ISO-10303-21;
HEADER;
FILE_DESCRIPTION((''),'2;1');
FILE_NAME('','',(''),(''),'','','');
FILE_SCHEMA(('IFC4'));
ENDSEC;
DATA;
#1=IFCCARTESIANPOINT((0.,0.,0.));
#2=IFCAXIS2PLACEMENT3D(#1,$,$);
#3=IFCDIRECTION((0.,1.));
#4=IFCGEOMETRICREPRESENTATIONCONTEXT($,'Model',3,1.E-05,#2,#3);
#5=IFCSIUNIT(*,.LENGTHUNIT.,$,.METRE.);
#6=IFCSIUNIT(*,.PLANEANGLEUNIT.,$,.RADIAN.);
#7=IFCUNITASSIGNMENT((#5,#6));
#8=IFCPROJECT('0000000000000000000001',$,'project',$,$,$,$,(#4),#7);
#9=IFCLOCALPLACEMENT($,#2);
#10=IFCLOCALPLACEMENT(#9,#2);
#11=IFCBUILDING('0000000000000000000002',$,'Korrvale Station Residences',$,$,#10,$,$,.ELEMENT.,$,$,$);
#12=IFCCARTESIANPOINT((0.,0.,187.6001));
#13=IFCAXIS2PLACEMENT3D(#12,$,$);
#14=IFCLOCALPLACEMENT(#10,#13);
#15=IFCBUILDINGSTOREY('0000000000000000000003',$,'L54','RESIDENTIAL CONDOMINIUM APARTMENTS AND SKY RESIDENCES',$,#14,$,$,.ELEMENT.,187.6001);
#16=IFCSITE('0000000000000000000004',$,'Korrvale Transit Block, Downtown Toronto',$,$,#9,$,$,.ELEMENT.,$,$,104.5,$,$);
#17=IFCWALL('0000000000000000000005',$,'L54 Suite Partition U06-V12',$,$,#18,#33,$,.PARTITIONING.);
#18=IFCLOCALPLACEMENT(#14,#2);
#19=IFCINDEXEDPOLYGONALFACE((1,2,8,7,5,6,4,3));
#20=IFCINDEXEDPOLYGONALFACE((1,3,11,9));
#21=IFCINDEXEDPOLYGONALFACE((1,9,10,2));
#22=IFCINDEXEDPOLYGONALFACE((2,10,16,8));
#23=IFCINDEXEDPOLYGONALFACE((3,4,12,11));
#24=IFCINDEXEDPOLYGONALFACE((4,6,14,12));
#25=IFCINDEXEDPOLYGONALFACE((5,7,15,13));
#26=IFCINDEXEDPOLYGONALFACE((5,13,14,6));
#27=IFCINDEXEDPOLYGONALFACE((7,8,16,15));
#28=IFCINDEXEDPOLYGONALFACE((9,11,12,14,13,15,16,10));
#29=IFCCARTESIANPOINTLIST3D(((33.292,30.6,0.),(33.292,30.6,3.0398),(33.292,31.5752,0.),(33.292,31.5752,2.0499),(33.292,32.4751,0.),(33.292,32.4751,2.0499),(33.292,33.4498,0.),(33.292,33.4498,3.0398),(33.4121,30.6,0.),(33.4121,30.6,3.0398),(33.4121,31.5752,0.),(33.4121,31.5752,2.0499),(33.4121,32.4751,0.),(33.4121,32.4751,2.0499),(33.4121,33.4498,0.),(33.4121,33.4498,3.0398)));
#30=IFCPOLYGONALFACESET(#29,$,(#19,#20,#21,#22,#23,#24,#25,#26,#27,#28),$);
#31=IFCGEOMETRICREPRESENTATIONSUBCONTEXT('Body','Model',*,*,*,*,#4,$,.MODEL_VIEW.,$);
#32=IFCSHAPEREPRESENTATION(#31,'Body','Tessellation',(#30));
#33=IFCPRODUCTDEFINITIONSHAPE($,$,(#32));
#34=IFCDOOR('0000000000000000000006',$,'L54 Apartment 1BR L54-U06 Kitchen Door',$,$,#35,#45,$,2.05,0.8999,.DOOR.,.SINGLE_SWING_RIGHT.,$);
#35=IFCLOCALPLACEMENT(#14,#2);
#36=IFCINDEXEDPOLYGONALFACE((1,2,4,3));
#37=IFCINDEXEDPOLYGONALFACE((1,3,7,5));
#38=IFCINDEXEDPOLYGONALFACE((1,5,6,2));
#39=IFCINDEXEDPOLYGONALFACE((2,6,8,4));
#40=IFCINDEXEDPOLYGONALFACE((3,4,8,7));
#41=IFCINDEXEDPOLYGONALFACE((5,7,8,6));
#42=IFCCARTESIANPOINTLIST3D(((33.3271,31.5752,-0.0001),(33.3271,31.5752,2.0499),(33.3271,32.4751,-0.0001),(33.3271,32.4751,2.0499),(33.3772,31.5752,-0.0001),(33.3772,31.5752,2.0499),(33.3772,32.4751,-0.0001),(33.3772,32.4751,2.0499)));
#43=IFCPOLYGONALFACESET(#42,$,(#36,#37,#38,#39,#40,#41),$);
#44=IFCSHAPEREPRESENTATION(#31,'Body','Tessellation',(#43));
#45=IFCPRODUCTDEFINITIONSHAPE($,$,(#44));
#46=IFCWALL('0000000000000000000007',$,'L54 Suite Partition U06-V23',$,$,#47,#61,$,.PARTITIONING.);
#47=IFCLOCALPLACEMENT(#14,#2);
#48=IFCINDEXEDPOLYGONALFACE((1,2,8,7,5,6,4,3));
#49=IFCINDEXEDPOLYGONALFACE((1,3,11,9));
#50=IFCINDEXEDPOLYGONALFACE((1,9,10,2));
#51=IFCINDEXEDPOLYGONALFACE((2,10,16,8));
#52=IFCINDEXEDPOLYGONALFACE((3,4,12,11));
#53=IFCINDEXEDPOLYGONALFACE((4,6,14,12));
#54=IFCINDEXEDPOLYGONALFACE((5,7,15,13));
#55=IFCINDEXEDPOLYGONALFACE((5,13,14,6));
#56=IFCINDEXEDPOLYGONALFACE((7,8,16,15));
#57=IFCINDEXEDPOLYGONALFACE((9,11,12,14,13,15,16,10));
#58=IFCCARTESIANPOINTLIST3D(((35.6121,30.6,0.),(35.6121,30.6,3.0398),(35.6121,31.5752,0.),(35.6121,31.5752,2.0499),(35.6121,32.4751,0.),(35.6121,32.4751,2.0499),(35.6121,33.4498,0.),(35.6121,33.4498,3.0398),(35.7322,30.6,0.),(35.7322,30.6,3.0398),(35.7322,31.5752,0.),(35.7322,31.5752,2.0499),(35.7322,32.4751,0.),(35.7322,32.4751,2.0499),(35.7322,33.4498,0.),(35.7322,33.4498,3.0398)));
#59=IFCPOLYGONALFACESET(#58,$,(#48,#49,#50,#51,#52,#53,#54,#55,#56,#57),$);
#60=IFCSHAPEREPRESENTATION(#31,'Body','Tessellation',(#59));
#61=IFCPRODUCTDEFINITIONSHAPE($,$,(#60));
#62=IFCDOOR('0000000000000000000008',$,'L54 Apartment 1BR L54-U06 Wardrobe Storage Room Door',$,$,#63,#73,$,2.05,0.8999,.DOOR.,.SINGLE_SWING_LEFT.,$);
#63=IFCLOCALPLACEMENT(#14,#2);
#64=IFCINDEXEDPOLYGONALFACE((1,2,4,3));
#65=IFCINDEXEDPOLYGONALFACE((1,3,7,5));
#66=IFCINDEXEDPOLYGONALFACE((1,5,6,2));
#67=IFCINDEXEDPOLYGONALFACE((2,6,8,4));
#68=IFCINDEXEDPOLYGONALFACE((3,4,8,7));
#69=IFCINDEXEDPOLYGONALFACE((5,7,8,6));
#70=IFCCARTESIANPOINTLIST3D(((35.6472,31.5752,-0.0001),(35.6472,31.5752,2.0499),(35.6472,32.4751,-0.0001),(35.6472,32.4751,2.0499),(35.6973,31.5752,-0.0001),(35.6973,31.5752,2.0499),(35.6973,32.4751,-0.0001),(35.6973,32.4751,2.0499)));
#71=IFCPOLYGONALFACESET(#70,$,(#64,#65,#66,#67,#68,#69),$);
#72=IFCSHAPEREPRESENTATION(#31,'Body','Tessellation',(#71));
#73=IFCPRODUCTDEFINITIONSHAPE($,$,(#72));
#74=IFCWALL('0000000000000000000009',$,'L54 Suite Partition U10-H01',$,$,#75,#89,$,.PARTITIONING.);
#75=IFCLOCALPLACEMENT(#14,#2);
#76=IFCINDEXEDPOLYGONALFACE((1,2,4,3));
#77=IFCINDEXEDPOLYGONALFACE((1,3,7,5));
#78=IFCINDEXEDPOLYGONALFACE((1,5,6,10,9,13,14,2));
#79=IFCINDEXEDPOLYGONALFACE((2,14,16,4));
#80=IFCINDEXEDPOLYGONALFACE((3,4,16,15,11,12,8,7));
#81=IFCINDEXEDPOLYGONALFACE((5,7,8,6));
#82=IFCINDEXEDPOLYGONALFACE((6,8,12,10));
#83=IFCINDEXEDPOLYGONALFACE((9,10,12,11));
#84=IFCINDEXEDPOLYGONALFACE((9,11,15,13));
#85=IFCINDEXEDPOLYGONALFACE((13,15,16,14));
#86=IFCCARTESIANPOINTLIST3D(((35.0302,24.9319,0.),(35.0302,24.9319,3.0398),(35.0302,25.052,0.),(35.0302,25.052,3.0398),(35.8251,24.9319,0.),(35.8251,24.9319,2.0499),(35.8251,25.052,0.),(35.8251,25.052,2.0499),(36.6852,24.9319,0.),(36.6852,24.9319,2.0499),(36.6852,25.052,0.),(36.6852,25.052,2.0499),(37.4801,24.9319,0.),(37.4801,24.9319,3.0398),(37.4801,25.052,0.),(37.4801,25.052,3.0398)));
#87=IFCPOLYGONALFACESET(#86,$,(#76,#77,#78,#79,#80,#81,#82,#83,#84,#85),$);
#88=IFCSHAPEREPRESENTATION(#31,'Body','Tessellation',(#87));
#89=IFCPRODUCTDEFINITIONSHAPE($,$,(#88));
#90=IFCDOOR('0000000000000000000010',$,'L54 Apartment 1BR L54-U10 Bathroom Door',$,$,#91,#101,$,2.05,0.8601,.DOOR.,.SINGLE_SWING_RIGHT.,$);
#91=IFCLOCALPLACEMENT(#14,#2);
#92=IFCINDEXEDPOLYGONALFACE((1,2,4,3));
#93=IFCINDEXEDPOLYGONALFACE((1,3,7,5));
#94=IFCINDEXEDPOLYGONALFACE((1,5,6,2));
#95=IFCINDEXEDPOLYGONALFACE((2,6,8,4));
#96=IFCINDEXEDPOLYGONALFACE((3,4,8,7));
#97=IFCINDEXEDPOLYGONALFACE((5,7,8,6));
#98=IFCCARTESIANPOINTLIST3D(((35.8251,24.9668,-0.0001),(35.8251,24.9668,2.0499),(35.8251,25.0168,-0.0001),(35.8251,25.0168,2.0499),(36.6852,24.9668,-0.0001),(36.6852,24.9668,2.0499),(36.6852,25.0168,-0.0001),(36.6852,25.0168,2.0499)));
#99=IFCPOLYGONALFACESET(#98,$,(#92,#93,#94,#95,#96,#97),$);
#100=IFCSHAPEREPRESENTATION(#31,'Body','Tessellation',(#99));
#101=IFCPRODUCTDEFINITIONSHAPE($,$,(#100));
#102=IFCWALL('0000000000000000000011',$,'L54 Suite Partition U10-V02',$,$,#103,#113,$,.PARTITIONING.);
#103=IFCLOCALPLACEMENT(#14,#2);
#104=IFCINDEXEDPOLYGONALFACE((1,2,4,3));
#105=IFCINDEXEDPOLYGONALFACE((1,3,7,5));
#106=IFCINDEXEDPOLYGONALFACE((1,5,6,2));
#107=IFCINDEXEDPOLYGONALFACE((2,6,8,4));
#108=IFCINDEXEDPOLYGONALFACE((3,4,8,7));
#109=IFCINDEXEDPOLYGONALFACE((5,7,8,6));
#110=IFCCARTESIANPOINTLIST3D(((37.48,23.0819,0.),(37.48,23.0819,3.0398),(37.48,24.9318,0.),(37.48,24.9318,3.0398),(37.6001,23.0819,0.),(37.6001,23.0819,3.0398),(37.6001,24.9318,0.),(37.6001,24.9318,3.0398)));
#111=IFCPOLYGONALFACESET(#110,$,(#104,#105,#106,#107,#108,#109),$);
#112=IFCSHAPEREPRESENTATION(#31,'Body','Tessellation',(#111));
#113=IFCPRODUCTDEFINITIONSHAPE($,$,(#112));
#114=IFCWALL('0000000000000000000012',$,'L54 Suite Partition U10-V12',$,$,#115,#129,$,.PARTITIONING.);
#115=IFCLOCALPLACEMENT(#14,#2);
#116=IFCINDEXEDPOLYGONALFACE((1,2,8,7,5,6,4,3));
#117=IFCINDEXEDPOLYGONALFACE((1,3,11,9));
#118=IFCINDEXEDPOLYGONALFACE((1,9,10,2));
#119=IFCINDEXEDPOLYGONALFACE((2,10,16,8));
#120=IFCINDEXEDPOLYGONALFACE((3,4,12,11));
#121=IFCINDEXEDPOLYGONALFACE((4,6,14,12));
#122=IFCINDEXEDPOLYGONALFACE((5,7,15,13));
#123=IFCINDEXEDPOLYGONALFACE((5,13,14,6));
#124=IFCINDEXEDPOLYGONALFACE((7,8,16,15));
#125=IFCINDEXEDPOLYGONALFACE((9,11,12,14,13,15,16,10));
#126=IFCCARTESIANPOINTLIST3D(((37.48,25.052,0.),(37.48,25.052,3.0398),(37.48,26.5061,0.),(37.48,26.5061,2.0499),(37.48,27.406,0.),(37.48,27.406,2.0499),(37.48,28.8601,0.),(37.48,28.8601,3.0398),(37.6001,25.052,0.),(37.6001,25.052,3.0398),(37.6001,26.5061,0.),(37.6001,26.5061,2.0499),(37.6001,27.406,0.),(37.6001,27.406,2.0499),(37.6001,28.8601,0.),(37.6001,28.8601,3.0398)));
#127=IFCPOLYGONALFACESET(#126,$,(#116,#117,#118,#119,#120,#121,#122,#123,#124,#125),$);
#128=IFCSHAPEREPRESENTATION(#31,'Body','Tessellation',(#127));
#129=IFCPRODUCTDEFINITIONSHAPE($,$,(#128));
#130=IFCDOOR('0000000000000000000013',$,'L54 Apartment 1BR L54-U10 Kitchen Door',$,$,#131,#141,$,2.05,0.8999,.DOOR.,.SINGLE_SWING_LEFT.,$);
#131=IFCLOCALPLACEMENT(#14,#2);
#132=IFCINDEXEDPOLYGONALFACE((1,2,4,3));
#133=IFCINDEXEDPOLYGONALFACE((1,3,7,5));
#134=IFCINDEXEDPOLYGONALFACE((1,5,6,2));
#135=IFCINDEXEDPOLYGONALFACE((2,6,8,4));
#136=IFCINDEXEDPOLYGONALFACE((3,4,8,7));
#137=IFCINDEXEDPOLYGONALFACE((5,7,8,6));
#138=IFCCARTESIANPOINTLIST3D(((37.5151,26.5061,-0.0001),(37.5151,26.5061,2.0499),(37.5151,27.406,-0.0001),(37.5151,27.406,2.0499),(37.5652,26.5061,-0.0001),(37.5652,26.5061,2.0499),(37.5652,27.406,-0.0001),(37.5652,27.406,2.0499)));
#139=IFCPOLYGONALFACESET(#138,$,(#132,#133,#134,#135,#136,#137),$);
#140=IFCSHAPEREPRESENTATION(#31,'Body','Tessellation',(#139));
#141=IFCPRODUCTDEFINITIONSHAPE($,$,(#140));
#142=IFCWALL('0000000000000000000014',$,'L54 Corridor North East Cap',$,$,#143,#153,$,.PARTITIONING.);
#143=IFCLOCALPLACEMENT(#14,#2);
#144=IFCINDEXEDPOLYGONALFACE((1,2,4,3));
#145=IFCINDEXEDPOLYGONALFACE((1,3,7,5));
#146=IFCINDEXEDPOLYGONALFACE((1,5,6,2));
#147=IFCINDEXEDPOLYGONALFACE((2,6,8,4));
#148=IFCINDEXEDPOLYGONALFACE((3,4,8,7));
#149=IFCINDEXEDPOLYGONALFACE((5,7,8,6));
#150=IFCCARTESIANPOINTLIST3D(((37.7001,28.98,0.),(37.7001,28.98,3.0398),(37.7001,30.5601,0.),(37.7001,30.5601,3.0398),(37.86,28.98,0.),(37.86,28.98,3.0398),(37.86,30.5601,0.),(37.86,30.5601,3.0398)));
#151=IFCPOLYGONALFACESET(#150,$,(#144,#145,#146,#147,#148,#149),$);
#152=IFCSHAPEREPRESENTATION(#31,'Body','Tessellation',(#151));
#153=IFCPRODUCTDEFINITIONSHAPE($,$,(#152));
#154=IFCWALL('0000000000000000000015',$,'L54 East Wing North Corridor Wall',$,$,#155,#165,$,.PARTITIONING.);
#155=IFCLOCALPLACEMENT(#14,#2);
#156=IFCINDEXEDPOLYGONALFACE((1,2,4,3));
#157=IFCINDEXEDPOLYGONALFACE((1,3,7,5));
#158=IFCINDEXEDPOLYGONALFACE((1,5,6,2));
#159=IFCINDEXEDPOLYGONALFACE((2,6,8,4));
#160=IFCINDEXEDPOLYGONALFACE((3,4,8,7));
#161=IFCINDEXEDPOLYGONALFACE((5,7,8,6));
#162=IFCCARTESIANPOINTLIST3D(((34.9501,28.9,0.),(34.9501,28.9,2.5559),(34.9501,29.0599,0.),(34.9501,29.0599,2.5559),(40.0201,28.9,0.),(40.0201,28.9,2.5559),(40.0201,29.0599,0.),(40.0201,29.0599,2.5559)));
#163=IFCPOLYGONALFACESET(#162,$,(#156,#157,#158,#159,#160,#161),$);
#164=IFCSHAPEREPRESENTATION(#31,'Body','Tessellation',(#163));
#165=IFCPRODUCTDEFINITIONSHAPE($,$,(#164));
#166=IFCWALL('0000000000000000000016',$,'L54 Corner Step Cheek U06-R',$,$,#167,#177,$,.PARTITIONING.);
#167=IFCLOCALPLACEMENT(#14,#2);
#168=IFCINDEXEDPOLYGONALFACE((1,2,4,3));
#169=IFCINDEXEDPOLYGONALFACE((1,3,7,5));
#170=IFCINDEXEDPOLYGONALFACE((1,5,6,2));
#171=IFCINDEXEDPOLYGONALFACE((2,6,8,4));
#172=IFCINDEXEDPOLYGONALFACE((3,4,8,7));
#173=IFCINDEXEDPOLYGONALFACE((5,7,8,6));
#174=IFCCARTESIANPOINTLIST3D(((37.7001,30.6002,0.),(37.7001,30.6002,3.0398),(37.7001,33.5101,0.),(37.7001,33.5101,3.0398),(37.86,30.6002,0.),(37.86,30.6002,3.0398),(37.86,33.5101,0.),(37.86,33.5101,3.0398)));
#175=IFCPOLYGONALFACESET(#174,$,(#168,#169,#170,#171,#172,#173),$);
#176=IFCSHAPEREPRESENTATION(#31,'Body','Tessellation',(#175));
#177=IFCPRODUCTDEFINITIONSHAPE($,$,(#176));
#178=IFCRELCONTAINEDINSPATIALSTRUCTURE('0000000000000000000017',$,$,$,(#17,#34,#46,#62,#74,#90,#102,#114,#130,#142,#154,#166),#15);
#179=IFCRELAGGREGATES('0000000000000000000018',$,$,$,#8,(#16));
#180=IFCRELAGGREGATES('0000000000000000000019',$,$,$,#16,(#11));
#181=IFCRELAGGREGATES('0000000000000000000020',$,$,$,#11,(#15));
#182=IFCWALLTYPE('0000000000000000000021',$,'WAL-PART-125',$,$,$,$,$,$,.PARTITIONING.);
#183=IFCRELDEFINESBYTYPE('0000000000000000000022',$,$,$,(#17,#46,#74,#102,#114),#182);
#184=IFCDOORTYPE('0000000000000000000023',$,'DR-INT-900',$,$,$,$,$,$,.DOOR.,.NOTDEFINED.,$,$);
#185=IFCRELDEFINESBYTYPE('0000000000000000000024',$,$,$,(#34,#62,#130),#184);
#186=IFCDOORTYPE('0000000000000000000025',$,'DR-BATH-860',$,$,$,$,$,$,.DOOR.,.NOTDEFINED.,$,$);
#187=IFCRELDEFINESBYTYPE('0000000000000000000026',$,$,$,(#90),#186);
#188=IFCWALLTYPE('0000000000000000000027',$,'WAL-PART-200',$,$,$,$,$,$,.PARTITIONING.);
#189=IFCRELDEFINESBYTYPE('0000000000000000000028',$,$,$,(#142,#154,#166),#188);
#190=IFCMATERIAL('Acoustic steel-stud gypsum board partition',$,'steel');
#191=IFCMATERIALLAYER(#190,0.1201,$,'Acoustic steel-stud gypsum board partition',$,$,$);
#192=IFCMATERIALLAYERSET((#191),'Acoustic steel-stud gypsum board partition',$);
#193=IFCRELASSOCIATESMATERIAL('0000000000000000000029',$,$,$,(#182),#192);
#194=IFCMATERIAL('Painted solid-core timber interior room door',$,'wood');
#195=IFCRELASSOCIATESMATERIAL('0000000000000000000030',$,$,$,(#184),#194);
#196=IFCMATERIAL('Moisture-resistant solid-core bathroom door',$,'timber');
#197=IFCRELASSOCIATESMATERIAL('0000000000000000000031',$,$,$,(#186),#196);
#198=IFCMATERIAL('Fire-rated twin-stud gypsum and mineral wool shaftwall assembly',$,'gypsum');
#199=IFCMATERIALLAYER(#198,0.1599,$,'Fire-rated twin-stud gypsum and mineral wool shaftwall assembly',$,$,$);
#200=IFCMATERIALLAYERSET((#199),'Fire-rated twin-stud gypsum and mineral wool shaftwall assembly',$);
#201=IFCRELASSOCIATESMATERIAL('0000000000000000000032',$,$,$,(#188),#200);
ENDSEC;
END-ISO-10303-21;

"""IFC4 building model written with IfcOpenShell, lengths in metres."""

from ifc_helpers import new_model, si_unit, direction, frame, frame_2d, origin, place, context, subcontext, project, spatial, rectangle, extrude, material, layer, layer_set, type_object, element, fill, save


model = new_model("IFC4")

# Units and contexts
model_context = context("Model", 3, precision=1e-05, world=origin(), true_north=direction((0.0, 1.0)))
body_context = subcontext(model_context, "Body", "Model", "MODEL_VIEW")
ifc_project = project(units=[si_unit("LENGTHUNIT", "METRE"), si_unit("PLANEANGLEUNIT", "RADIAN")], contexts=[model_context])

# Site, building, storey
site_placement = place(None, origin())
site = spatial("IfcSite", under=ifc_project, at=site_placement, Name="Korrvale Transit Block, Downtown Toronto", CompositionType="ELEMENT", RefElevation=104.5)
building_placement = place(site_placement, origin())
building = spatial("IfcBuilding", under=site, at=building_placement, Name="Korrvale Station Residences", CompositionType="ELEMENT")
storey_placement = place(building_placement, frame((0.0, 0.0, 187.6001)))
storey = spatial("IfcBuildingStorey", under=building, at=storey_placement, Name="L54", Description="RESIDENTIAL CONDOMINIUM APARTMENTS AND SKY RESIDENCES", CompositionType="ELEMENT", Elevation=187.6001)

# Walls, openings, doors
ifc_material_1 = material(Name="Acoustic steel-stud gypsum board partition", Category="steel")
ifc_layer_1 = layer(ifc_material_1, 0.1201, Name="Acoustic steel-stud gypsum board partition")
ifc_layer_set_1 = layer_set([ifc_layer_1], Name="Acoustic steel-stud gypsum board partition")
wall_type_1 = type_object("IfcWallType", Name="WAL-PART-125", PredefinedType="PARTITIONING", material=ifc_layer_set_1)
wall_1_placement = place(storey_placement, frame((33.3521, 30.6001, 0.0), z_axis=(0.0, 0.0, 1.0), x_axis=(0.0, 1.0, 0.0)))
wall_1 = element("IfcWall", 1, at=wall_1_placement, inside=storey, type_object=wall_type_1, Name="L54 Suite Partition U06-V12", PredefinedType="PARTITIONING", context=body_context, shape_type="SweptSolid", body=[
    extrude(rectangle(XDim=2.8499, YDim=0.1201, at=frame_2d((1.4248, 0.0))), origin(), (0.0, 0.0, 1.0), 3.0398),
])
opening_1_placement = place(wall_1_placement, frame((0.9751, 0.0, 0.0)))
opening_1 = element("IfcOpeningElement", 2, at=opening_1_placement, cuts=wall_1, PredefinedType="OPENING", context=body_context, shape_type="SweptSolid", body=[
    extrude(rectangle(XDim=0.8999, YDim=2.05, at=frame_2d((0.45, 1.0249))), frame((0.0, 0.0701, 0.0), z_axis=(0.0, -1.0, 0.0), x_axis=(1.0, 0.0, 0.0)), (0.0, 0.0, 1.0), 0.1401),
])
ifc_material_2 = material(Name="Painted solid-core timber interior room door", Category="wood")
door_type_1 = type_object("IfcDoorType", Name="DR-INT-900", OperationType="NOTDEFINED", PredefinedType="DOOR", material=ifc_material_2)
door_1_placement = place(opening_1_placement, origin())
door_1 = element("IfcDoor", 3, at=door_1_placement, inside=storey, type_object=door_type_1, Name="L54 Apartment 1BR L54-U06 Kitchen Door", OperationType="SINGLE_SWING_RIGHT", OverallHeight=2.05, OverallWidth=0.8999, PredefinedType="DOOR", context=body_context, shape_type="SweptSolid", body=[
    extrude(rectangle(XDim=0.8999, YDim=2.05, at=frame_2d((0.45, 1.0249))), frame((0.0, 0.0249, 0.0), z_axis=(0.0, -1.0, 0.0), x_axis=(1.0, 0.0, 0.0)), (0.0, 0.0, 1.0), 0.05),
])
fill(opening_1, door_1)
wall_2_placement = place(storey_placement, frame((35.6721, 30.6001, 0.0), z_axis=(0.0, 0.0, 1.0), x_axis=(0.0, 1.0, 0.0)))
wall_2 = element("IfcWall", 4, at=wall_2_placement, inside=storey, type_object=wall_type_1, Name="L54 Suite Partition U06-V23", PredefinedType="PARTITIONING", context=body_context, shape_type="SweptSolid", body=[
    extrude(rectangle(XDim=2.8499, YDim=0.1201, at=frame_2d((1.4248, 0.0))), origin(), (0.0, 0.0, 1.0), 3.0398),
])
opening_2_placement = place(wall_2_placement, frame((0.9751, 0.0, 0.0)))
opening_2 = element("IfcOpeningElement", 5, at=opening_2_placement, cuts=wall_2, PredefinedType="OPENING", context=body_context, shape_type="SweptSolid", body=[
    extrude(rectangle(XDim=0.8999, YDim=2.05, at=frame_2d((0.45, 1.0249))), frame((0.0, 0.0701, 0.0), z_axis=(0.0, -1.0, 0.0), x_axis=(1.0, 0.0, 0.0)), (0.0, 0.0, 1.0), 0.1401),
])
door_2_placement = place(opening_2_placement, origin())
door_2 = element("IfcDoor", 6, at=door_2_placement, inside=storey, type_object=door_type_1, Name="L54 Apartment 1BR L54-U06 Wardrobe Storage Room Door", OperationType="SINGLE_SWING_LEFT", OverallHeight=2.05, OverallWidth=0.8999, PredefinedType="DOOR", context=body_context, shape_type="SweptSolid", body=[
    extrude(rectangle(XDim=0.8999, YDim=2.05, at=frame_2d((0.45, 1.0249))), frame((0.0, 0.0249, 0.0), z_axis=(0.0, -1.0, 0.0), x_axis=(1.0, 0.0, 0.0)), (0.0, 0.0, 1.0), 0.05),
])
fill(opening_2, door_2)
wall_3_placement = place(storey_placement, frame((35.03, 24.9919, 0.0), z_axis=(0.0, 0.0, 1.0), x_axis=(1.0, 0.0, 0.0)))
wall_3 = element("IfcWall", 7, at=wall_3_placement, inside=storey, type_object=wall_type_1, Name="L54 Suite Partition U10-H01", PredefinedType="PARTITIONING", context=body_context, shape_type="SweptSolid", body=[
    extrude(rectangle(XDim=2.45, YDim=0.1201, at=frame_2d((1.2251, 0.0))), origin(), (0.0, 0.0, 1.0), 3.0398),
])
opening_3_placement = place(wall_3_placement, frame((0.7949, 0.0, 0.0)))
opening_3 = element("IfcOpeningElement", 8, at=opening_3_placement, cuts=wall_3, PredefinedType="OPENING", context=body_context, shape_type="SweptSolid", body=[
    extrude(rectangle(XDim=0.8601, YDim=2.05, at=frame_2d((0.4302, 1.0249))), frame((0.0, 0.0701, 0.0), z_axis=(0.0, -1.0, 0.0), x_axis=(1.0, 0.0, 0.0)), (0.0, 0.0, 1.0), 0.1401),
])
ifc_material_3 = material(Name="Moisture-resistant solid-core bathroom door", Category="timber")
door_type_2 = type_object("IfcDoorType", Name="DR-BATH-860", OperationType="NOTDEFINED", PredefinedType="DOOR", material=ifc_material_3)
door_3_placement = place(opening_3_placement, origin())
door_3 = element("IfcDoor", 9, at=door_3_placement, inside=storey, type_object=door_type_2, Name="L54 Apartment 1BR L54-U10 Bathroom Door", OperationType="SINGLE_SWING_RIGHT", OverallHeight=2.05, OverallWidth=0.8601, PredefinedType="DOOR", context=body_context, shape_type="SweptSolid", body=[
    extrude(rectangle(XDim=0.8601, YDim=2.05, at=frame_2d((0.4302, 1.0249))), frame((0.0, 0.0249, 0.0), z_axis=(0.0, -1.0, 0.0), x_axis=(1.0, 0.0, 0.0)), (0.0, 0.0, 1.0), 0.05),
])
fill(opening_3, door_3)

# Wall
wall_4_placement = place(storey_placement, frame((37.54, 23.082, 0.0), z_axis=(0.0, 0.0, 1.0), x_axis=(0.0, 1.0, 0.0)))
element("IfcWall", 10, at=wall_4_placement, inside=storey, type_object=wall_type_1, Name="L54 Suite Partition U10-V02", PredefinedType="PARTITIONING", context=body_context, shape_type="SweptSolid", body=[
    extrude(rectangle(XDim=1.8499, YDim=0.1201, at=frame_2d((0.9248, 0.0))), origin(), (0.0, 0.0, 1.0), 3.0398),
])

# Wall, opening, door
wall_5_placement = place(storey_placement, frame((37.54, 25.052, 0.0), z_axis=(0.0, 0.0, 1.0), x_axis=(0.0, 1.0, 0.0)))
wall_5 = element("IfcWall", 11, at=wall_5_placement, inside=storey, type_object=wall_type_1, Name="L54 Suite Partition U10-V12", PredefinedType="PARTITIONING", context=body_context, shape_type="SweptSolid", body=[
    extrude(rectangle(XDim=3.8081, YDim=0.1201, at=frame_2d((1.9041, 0.0))), origin(), (0.0, 0.0, 1.0), 3.0398),
])
opening_4_placement = place(wall_5_placement, frame((1.4541, 0.0, 0.0)))
opening_4 = element("IfcOpeningElement", 12, at=opening_4_placement, cuts=wall_5, PredefinedType="OPENING", context=body_context, shape_type="SweptSolid", body=[
    extrude(rectangle(XDim=0.8999, YDim=2.05, at=frame_2d((0.45, 1.0249))), frame((0.0, 0.0701, 0.0), z_axis=(0.0, -1.0, 0.0), x_axis=(1.0, 0.0, 0.0)), (0.0, 0.0, 1.0), 0.1401),
])
door_4_placement = place(opening_4_placement, origin())
door_4 = element("IfcDoor", 13, at=door_4_placement, inside=storey, type_object=door_type_1, Name="L54 Apartment 1BR L54-U10 Kitchen Door", OperationType="SINGLE_SWING_LEFT", OverallHeight=2.05, OverallWidth=0.8999, PredefinedType="DOOR", context=body_context, shape_type="SweptSolid", body=[
    extrude(rectangle(XDim=0.8999, YDim=2.05, at=frame_2d((0.45, 1.0249))), frame((0.0, 0.0249, 0.0), z_axis=(0.0, -1.0, 0.0), x_axis=(1.0, 0.0, 0.0)), (0.0, 0.0, 1.0), 0.05),
])
fill(opening_4, door_4)

# Walls
ifc_material_4 = material(Name="Fire-rated twin-stud gypsum and mineral wool shaftwall assembly", Category="gypsum")
ifc_layer_2 = layer(ifc_material_4, 0.1599, Name="Fire-rated twin-stud gypsum and mineral wool shaftwall assembly")
ifc_layer_set_2 = layer_set([ifc_layer_2], Name="Fire-rated twin-stud gypsum and mineral wool shaftwall assembly")
wall_type_2 = type_object("IfcWallType", Name="WAL-PART-200", PredefinedType="PARTITIONING", material=ifc_layer_set_2)
wall_6_placement = place(storey_placement, frame((37.78, 28.98, 0.0), z_axis=(0.0, 0.0, 1.0), x_axis=(0.0, 1.0, 0.0)))
element("IfcWall", 14, at=wall_6_placement, inside=storey, type_object=wall_type_2, Name="L54 Corridor North East Cap", PredefinedType="PARTITIONING", context=body_context, shape_type="SweptSolid", body=[
    extrude(rectangle(XDim=1.5801, YDim=0.1599, at=frame_2d((0.79, 0.0))), origin(), (0.0, 0.0, 1.0), 3.0398),
])
wall_7_placement = place(storey_placement, frame((34.95, 28.98, 0.0), z_axis=(0.0, 0.0, 1.0), x_axis=(1.0, 0.0, 0.0)))
element("IfcWall", 15, at=wall_7_placement, inside=storey, type_object=wall_type_2, Name="L54 East Wing North Corridor Wall", PredefinedType="PARTITIONING", context=body_context, shape_type="SweptSolid", body=[
    extrude(rectangle(XDim=5.0701, YDim=0.1599, at=frame_2d((2.5352, 0.0))), origin(), (0.0, 0.0, 1.0), 2.5559),
])
wall_8_placement = place(storey_placement, frame((37.78, 30.6001, 0.0), z_axis=(0.0, 0.0, 1.0), x_axis=(0.0, 1.0, 0.0)))
element("IfcWall", 16, at=wall_8_placement, inside=storey, type_object=wall_type_2, Name="L54 Corner Step Cheek U06-R", PredefinedType="PARTITIONING", context=body_context, shape_type="SweptSolid", body=[
    extrude(rectangle(XDim=2.9099, YDim=0.1599, at=frame_2d((1.4551, 0.0))), origin(), (0.0, 0.0, 1.0), 3.0398),
])

save(model, "model.ifc")
